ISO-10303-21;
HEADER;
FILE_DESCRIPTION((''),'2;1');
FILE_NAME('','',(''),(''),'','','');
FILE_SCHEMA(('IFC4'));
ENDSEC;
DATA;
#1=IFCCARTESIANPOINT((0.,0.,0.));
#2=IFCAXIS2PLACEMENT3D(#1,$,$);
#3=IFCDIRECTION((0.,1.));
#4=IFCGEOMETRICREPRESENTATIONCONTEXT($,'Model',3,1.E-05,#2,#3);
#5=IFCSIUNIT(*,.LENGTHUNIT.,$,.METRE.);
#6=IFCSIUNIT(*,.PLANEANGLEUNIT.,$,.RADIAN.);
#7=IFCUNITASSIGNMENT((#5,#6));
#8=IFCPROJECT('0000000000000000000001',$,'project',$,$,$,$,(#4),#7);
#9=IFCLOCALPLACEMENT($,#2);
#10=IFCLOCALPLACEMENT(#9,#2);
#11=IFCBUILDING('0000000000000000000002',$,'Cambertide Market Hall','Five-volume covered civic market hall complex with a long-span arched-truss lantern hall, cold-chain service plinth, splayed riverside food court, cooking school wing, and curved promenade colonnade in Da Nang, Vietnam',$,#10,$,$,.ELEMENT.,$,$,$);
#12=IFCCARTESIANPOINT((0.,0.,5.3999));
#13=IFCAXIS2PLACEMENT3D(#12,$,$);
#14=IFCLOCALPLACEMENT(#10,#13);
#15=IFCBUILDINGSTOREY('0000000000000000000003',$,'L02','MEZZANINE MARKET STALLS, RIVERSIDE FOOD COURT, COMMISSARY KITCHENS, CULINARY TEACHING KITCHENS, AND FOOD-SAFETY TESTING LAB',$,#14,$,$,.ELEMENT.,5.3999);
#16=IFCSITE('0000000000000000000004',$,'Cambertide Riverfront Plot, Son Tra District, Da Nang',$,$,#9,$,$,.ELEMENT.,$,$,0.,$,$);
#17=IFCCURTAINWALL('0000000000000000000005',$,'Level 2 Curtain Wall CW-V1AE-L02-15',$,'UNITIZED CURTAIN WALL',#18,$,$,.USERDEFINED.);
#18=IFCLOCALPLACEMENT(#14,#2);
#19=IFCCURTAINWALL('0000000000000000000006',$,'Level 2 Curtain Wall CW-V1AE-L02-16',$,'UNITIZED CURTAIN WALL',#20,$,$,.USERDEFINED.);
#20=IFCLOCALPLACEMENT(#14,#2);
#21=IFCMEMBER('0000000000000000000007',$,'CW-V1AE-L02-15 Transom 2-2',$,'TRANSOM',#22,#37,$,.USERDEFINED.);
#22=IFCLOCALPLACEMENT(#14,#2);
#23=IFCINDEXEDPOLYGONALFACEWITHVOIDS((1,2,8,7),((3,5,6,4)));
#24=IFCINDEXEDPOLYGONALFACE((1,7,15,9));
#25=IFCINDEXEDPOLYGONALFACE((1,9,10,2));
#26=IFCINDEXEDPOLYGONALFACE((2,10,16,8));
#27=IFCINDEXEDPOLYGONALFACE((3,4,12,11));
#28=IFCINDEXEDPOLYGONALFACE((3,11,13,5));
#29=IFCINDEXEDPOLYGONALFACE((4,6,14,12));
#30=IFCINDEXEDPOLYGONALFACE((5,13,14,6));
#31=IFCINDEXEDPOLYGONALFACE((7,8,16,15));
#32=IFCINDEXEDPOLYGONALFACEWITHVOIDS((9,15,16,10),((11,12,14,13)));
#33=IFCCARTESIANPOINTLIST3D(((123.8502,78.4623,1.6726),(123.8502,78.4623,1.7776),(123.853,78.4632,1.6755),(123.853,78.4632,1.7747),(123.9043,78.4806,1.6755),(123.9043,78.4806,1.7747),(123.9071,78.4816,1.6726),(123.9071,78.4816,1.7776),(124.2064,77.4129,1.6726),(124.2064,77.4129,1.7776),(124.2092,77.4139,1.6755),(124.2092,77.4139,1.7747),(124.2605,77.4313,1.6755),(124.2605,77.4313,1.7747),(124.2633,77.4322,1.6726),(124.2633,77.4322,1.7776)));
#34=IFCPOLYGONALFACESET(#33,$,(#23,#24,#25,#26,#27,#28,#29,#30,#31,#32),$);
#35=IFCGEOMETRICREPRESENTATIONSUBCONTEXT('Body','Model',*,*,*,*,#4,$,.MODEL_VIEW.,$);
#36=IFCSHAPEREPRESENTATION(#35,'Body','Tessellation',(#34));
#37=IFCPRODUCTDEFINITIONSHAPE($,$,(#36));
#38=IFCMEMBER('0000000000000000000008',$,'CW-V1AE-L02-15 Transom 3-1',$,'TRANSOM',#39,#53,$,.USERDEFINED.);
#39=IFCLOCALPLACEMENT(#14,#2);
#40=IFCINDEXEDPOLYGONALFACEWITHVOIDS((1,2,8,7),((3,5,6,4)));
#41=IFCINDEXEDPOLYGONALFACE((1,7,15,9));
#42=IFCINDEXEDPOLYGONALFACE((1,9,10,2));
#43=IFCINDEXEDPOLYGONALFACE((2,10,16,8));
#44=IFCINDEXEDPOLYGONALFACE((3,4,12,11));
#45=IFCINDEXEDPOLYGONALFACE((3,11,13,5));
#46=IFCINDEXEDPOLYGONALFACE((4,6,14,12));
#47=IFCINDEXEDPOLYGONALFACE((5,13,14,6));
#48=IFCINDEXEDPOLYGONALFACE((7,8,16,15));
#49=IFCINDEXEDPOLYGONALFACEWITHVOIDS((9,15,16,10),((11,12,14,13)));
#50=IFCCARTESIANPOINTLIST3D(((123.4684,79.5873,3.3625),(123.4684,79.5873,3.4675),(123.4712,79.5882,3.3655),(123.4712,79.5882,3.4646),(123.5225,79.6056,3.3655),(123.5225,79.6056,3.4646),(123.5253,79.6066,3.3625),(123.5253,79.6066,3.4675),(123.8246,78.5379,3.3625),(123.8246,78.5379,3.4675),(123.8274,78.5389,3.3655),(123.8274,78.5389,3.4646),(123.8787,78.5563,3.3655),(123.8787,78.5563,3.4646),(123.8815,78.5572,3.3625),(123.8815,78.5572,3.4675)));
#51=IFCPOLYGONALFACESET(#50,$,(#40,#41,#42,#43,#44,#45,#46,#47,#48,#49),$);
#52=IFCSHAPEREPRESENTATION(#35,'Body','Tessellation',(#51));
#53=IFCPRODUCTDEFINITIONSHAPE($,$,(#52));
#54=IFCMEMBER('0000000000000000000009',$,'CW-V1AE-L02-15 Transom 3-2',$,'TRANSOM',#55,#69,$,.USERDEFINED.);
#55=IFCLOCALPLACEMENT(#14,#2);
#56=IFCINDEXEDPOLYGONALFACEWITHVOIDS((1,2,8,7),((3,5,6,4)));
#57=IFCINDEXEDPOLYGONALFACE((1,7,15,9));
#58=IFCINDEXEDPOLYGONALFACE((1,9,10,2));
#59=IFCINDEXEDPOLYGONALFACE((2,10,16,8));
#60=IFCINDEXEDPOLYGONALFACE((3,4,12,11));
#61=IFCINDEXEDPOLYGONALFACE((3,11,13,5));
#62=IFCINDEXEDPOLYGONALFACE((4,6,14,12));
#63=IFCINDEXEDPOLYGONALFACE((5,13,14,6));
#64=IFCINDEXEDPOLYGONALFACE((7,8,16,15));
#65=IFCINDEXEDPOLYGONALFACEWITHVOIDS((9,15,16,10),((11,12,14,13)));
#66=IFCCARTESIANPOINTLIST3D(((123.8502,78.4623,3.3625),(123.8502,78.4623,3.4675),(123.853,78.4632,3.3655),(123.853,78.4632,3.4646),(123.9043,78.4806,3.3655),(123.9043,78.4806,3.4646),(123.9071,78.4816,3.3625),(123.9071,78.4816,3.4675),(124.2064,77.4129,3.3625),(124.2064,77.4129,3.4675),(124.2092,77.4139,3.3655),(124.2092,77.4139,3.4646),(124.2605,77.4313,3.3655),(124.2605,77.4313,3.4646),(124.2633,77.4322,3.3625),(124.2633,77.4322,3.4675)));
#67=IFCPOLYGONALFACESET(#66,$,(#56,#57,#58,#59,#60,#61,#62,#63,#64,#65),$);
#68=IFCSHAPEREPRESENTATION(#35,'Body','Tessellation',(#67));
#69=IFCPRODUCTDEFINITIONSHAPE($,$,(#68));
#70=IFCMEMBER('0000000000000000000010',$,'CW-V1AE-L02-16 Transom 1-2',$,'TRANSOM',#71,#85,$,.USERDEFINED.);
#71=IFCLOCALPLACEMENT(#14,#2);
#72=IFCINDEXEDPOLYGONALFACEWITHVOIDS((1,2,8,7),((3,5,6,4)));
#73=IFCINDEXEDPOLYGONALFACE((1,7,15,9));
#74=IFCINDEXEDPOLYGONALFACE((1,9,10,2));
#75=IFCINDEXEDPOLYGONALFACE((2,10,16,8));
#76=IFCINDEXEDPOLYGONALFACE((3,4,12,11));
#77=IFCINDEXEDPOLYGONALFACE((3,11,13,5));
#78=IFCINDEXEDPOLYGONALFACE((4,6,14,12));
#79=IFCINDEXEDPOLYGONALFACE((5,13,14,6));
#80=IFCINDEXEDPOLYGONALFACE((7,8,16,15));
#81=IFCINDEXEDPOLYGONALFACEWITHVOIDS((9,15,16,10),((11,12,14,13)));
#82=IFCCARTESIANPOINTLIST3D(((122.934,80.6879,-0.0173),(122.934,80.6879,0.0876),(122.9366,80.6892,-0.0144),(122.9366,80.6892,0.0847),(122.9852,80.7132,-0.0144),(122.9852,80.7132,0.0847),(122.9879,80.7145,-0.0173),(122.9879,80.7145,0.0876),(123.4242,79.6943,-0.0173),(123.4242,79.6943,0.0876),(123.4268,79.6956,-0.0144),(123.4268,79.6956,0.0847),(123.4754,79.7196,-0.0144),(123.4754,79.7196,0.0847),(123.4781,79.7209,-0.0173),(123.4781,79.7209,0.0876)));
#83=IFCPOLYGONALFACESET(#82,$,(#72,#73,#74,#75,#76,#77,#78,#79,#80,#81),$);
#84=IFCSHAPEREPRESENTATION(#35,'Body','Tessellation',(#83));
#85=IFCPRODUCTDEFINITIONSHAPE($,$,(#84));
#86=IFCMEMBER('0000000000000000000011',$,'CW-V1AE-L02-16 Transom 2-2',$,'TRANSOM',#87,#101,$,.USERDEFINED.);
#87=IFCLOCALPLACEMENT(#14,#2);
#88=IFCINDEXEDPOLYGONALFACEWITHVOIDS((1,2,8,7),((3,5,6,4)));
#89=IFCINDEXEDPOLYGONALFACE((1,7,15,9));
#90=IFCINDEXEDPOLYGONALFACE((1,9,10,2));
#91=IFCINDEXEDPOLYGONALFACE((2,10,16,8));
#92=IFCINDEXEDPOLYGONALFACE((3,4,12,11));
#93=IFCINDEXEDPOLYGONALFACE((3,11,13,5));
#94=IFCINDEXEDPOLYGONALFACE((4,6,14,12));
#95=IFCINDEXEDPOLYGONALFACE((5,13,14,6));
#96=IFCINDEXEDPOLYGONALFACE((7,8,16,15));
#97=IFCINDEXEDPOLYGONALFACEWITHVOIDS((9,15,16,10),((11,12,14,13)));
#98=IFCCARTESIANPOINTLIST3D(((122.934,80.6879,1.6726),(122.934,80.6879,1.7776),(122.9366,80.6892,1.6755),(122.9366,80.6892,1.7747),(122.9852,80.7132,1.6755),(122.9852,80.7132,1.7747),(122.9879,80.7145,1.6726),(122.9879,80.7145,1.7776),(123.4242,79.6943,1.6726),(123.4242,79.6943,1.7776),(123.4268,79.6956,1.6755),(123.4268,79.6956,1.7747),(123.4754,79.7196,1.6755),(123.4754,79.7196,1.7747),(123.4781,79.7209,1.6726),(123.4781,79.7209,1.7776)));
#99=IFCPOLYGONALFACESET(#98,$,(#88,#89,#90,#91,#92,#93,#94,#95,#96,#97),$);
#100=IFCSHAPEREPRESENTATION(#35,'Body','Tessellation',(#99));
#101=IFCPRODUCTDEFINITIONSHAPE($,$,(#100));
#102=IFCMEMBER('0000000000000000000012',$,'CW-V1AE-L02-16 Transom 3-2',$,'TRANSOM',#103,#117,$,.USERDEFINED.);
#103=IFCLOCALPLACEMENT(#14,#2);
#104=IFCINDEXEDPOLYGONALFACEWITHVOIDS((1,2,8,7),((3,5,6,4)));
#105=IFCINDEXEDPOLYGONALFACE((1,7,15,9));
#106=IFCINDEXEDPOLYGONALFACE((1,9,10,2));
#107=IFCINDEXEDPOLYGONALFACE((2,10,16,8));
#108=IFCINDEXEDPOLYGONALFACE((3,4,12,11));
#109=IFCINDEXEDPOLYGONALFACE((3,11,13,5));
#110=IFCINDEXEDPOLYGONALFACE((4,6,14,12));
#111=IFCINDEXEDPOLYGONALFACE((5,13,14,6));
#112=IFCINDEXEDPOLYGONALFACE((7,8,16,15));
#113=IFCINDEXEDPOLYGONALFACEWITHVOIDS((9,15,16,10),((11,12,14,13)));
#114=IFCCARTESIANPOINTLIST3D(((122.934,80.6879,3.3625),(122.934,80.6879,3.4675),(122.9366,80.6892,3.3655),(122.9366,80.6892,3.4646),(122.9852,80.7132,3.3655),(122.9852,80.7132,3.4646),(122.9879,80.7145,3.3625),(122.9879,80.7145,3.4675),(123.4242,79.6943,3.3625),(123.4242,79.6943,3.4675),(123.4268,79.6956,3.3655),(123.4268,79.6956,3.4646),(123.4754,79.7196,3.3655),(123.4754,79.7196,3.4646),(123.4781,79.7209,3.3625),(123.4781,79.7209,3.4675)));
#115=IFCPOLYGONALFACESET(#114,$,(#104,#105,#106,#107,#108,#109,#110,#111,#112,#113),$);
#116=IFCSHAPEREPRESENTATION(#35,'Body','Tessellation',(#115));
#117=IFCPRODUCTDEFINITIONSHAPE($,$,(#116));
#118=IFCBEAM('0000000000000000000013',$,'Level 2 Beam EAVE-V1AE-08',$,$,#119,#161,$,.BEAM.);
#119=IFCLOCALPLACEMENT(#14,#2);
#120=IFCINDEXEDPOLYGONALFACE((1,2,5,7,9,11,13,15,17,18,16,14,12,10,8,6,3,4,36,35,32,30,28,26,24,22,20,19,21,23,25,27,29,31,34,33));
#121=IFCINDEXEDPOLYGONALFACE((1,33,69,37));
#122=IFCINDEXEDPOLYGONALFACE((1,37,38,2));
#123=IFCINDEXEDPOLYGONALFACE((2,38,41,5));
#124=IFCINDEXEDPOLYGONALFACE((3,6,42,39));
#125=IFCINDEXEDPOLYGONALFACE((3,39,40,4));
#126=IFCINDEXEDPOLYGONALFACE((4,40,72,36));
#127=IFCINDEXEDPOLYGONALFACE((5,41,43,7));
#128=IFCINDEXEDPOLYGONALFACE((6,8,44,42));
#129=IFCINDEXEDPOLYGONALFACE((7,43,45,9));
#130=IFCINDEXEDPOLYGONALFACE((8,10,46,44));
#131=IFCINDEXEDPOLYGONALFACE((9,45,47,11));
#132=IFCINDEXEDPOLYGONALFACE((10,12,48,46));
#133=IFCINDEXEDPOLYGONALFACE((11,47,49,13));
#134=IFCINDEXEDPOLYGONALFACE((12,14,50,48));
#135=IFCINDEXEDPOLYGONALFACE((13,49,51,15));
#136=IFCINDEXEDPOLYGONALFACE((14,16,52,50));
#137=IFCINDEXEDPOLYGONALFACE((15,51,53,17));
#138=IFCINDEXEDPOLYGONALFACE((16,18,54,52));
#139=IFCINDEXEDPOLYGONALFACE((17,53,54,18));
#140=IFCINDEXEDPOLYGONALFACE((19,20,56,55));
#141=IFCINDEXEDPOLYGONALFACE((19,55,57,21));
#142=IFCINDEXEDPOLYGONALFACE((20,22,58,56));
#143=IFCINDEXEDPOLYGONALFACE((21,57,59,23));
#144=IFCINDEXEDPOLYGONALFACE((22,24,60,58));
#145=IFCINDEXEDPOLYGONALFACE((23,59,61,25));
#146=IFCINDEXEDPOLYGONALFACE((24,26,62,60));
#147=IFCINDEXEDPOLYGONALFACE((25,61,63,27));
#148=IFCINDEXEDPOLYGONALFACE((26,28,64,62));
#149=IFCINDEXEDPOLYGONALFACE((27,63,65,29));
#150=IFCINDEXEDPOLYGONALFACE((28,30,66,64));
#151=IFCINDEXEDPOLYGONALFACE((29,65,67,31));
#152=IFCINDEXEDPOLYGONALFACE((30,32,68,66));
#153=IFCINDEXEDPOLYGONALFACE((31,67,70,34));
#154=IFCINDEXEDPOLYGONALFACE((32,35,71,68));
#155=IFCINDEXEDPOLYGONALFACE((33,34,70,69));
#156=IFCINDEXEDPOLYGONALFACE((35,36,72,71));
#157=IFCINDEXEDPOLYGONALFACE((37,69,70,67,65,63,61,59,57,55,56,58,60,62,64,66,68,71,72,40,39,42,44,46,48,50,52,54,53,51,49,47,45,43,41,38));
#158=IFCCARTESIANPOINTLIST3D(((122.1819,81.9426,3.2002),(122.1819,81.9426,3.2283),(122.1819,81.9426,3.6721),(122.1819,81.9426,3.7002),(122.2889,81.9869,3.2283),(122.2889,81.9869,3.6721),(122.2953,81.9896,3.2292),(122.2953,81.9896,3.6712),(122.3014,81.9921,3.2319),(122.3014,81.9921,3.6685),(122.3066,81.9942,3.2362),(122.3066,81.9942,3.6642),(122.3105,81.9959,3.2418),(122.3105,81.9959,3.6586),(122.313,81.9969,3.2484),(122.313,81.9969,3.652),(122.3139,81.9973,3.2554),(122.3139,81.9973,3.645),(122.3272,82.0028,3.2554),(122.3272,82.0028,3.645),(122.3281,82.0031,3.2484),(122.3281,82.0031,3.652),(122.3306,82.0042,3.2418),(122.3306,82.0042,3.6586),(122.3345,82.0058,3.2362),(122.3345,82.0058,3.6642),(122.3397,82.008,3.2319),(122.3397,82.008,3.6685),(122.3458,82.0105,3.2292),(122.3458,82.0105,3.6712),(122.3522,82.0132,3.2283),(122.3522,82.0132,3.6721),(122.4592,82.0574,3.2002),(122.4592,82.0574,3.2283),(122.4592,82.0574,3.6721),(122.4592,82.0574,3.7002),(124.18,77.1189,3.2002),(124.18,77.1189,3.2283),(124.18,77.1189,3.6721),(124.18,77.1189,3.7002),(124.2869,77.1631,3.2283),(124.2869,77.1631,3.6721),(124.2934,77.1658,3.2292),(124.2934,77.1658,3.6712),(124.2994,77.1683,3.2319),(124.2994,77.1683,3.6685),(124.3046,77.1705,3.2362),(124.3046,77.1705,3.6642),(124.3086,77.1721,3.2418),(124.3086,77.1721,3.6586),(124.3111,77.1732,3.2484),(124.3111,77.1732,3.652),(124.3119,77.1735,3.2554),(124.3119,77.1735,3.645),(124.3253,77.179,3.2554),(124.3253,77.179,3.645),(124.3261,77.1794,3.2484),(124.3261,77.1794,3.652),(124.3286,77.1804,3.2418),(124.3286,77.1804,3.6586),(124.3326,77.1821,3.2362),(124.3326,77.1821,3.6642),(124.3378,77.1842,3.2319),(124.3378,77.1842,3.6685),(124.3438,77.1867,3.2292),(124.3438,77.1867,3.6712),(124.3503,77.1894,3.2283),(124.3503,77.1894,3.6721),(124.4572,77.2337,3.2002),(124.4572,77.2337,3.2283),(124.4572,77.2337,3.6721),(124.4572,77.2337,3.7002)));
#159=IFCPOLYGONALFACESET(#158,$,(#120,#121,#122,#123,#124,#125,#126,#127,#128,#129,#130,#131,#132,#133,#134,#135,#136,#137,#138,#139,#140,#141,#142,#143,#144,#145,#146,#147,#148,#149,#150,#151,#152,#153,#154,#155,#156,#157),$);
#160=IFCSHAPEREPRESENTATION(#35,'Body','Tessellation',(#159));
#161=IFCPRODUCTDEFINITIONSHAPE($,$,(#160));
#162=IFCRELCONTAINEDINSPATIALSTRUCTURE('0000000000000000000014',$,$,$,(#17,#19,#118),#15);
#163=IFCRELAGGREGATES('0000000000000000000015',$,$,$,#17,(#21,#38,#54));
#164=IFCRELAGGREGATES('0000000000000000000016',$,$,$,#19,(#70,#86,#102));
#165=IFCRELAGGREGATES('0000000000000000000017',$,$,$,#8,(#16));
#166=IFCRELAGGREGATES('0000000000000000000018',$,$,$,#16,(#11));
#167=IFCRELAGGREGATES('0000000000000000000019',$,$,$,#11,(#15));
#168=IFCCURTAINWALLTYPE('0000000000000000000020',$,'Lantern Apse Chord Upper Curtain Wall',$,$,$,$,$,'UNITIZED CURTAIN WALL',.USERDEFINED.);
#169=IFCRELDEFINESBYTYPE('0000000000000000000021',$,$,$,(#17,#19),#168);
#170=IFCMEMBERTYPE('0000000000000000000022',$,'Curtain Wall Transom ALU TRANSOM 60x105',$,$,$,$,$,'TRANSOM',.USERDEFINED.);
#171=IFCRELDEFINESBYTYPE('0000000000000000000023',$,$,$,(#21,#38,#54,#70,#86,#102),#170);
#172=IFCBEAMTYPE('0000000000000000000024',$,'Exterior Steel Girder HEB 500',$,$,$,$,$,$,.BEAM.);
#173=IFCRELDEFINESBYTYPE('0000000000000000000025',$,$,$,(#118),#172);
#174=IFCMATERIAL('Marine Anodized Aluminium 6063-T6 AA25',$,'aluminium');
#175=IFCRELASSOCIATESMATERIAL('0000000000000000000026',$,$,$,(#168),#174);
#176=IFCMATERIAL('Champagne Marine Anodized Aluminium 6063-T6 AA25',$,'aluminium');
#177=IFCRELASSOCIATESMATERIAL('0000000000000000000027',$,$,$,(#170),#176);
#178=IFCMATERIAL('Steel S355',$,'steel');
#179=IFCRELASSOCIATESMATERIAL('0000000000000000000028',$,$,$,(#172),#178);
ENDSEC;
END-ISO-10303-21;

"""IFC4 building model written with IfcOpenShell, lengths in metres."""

from ifc_helpers import new_model, si_unit, direction, frame, origin, origin_2d, place, context, subcontext, project, spatial, hollow_rectangle, i_section, extrude, material, material_profile, profile_set, type_object, element, aggregate, save


model = new_model("IFC4")

# Units and contexts
model_context = context("Model", 3, precision=1e-05, world=origin(), true_north=direction((0.0, 1.0)))
body_context = subcontext(model_context, "Body", "Model", "MODEL_VIEW")
ifc_project = project(units=[si_unit("LENGTHUNIT", "METRE"), si_unit("PLANEANGLEUNIT", "RADIAN")], contexts=[model_context])

# Site, building, storey
site_placement = place(None, origin())
site = spatial("IfcSite", under=ifc_project, at=site_placement, Name="Cambertide Riverfront Plot, Son Tra District, Da Nang", CompositionType="ELEMENT", RefElevation=0.0)
building_placement = place(site_placement, origin())
building = spatial("IfcBuilding", under=site, at=building_placement, Name="Cambertide Market Hall", Description="Five-volume covered civic market hall complex with a long-span arched-truss lantern hall, cold-chain service plinth, splayed riverside food court, cooking school wing, and curved promenade colonnade in Da Nang, Vietnam", CompositionType="ELEMENT")
storey_placement = place(building_placement, frame((0.0, 0.0, 5.3999)))
storey = spatial("IfcBuildingStorey", under=building, at=storey_placement, Name="L02", Description="MEZZANINE MARKET STALLS, RIVERSIDE FOOD COURT, COMMISSARY KITCHENS, CULINARY TEACHING KITCHENS, AND FOOD-SAFETY TESTING LAB", CompositionType="ELEMENT", Elevation=5.3999)

# Shared definitions
ifc_material_1 = material(Name="Marine Anodized Aluminium 6063-T6 AA25", Category="aluminium")
curtain_wall_type = type_object("IfcCurtainWallType", Name="Lantern Apse Chord Upper Curtain Wall", ElementType="UNITIZED CURTAIN WALL", PredefinedType="USERDEFINED", material=ifc_material_1)

# Curtain wall
curtain_wall_1_placement = place(storey_placement, origin())
curtain_wall_1 = element("IfcCurtainWall", 1, at=curtain_wall_1_placement, inside=storey, type_object=curtain_wall_type, Name="Level 2 Curtain Wall CW-V1AE-L02-15", ObjectType="UNITIZED CURTAIN WALL", PredefinedType="USERDEFINED")

# Curtain wall
curtain_wall_2_placement = place(storey_placement, origin())
curtain_wall_2 = element("IfcCurtainWall", 2, at=curtain_wall_2_placement, inside=storey, type_object=curtain_wall_type, Name="Level 2 Curtain Wall CW-V1AE-L02-16", ObjectType="UNITIZED CURTAIN WALL", PredefinedType="USERDEFINED")

# Members
ifc_material_2 = material(Name="Champagne Marine Anodized Aluminium 6063-T6 AA25", Category="aluminium")
ifc_material_profile_1 = material_profile(ifc_material_2, hollow_rectangle(XDim=0.0601, YDim=0.105, WallThickness=0.0029, at=origin_2d()), Name="ALU TRANSOM 60x105")
ifc_profile_set_1 = profile_set([ifc_material_profile_1], Name="Champagne Marine Anodized Aluminium 6063-T6 AA25")
member_type_1 = type_object("IfcMemberType", Name="Curtain Wall Transom ALU TRANSOM 60x105", ElementType="TRANSOM", PredefinedType="USERDEFINED", material=ifc_profile_set_1)
member_1_placement = place(storey_placement, frame((123.8787, 78.4719, 1.7251), z_axis=(0.321445, -0.946928, 0.0), x_axis=(0.946928, 0.321445, 0.0)))
member_1 = element("IfcMember", 3, at=member_1_placement, type_object=member_type_1, Name="CW-V1AE-L02-15 Transom 2-2", ObjectType="TRANSOM", PredefinedType="USERDEFINED", context=body_context, shape_type="SweptSolid", body=[
    extrude(hollow_rectangle(XDim=0.0601, YDim=0.105, WallThickness=0.0029, at=origin_2d()), origin(), (0.0, 0.0, 1.0), 1.1082),
])
member_2_placement = place(storey_placement, frame((123.4968, 79.5969, 3.415), z_axis=(0.321445, -0.946928, 0.0), x_axis=(0.946928, 0.321445, 0.0)))
member_2 = element("IfcMember", 4, at=member_2_placement, type_object=member_type_1, Name="CW-V1AE-L02-15 Transom 3-1", ObjectType="TRANSOM", PredefinedType="USERDEFINED", context=body_context, shape_type="SweptSolid", body=[
    extrude(hollow_rectangle(XDim=0.0601, YDim=0.105, WallThickness=0.0029, at=origin_2d()), origin(), (0.0, 0.0, 1.0), 1.1082),
])
member_3_placement = place(storey_placement, frame((123.8787, 78.4719, 3.415), z_axis=(0.321445, -0.946928, 0.0), x_axis=(0.946928, 0.321445, 0.0)))
member_3 = element("IfcMember", 5, at=member_3_placement, type_object=member_type_1, Name="CW-V1AE-L02-15 Transom 3-2", ObjectType="TRANSOM", PredefinedType="USERDEFINED", context=body_context, shape_type="SweptSolid", body=[
    extrude(hollow_rectangle(XDim=0.0601, YDim=0.105, WallThickness=0.0029, at=origin_2d()), origin(), (0.0, 0.0, 1.0), 1.1082),
])
member_4_placement = place(storey_placement, frame((122.9609, 80.7012, 0.0352), z_axis=(0.442448, -0.896794, 0.0), x_axis=(0.896794, 0.442448, 0.0)))
member_4 = element("IfcMember", 6, at=member_4_placement, type_object=member_type_1, Name="CW-V1AE-L02-16 Transom 1-2", ObjectType="TRANSOM", PredefinedType="USERDEFINED", context=body_context, shape_type="SweptSolid", body=[
    extrude(hollow_rectangle(XDim=0.0601, YDim=0.105, WallThickness=0.0029, at=origin_2d()), origin(), (0.0, 0.0, 1.0), 1.1079),
])
member_5_placement = place(storey_placement, frame((122.9609, 80.7012, 1.7251), z_axis=(0.442448, -0.896794, 0.0), x_axis=(0.896794, 0.442448, 0.0)))
member_5 = element("IfcMember", 7, at=member_5_placement, type_object=member_type_1, Name="CW-V1AE-L02-16 Transom 2-2", ObjectType="TRANSOM", PredefinedType="USERDEFINED", context=body_context, shape_type="SweptSolid", body=[
    extrude(hollow_rectangle(XDim=0.0601, YDim=0.105, WallThickness=0.0029, at=origin_2d()), origin(), (0.0, 0.0, 1.0), 1.1079),
])
member_6_placement = place(storey_placement, frame((122.9609, 80.7012, 3.415), z_axis=(0.442448, -0.896794, 0.0), x_axis=(0.896794, 0.442448, 0.0)))
member_6 = element("IfcMember", 8, at=member_6_placement, type_object=member_type_1, Name="CW-V1AE-L02-16 Transom 3-2", ObjectType="TRANSOM", PredefinedType="USERDEFINED", context=body_context, shape_type="SweptSolid", body=[
    extrude(hollow_rectangle(XDim=0.0601, YDim=0.105, WallThickness=0.0029, at=origin_2d()), origin(), (0.0, 0.0, 1.0), 1.1079),
])

# Beam
ifc_material_3 = material(Name="Steel S355", Category="steel")
ifc_material_profile_2 = material_profile(ifc_material_3, i_section(OverallWidth=0.3, OverallDepth=0.5, WebThickness=0.0144, FlangeThickness=0.0281, FilletRadius=0.0271, at=origin_2d()), Name="HEB 500")
ifc_profile_set_2 = profile_set([ifc_material_profile_2], Name="Steel S355")
beam_type_1 = type_object("IfcBeamType", Name="Exterior Steel Girder HEB 500", PredefinedType="BEAM", material=ifc_profile_set_2)
beam_1_placement = place(storey_placement, frame((124.3186, 77.1763, 3.4502), z_axis=(-0.382682, 0.92388, 0.0), x_axis=(-0.92388, -0.382682, 0.0)))
element("IfcBeam", 9, at=beam_1_placement, inside=storey, type_object=beam_type_1, Name="Level 2 Beam EAVE-V1AE-08", PredefinedType="BEAM", context=body_context, shape_type="SweptSolid", body=[
    extrude(i_section(OverallWidth=0.3, OverallDepth=0.5, WebThickness=0.0144, FlangeThickness=0.0281, FilletRadius=0.0271, at=origin_2d()), origin(), (0.0, 0.0, 1.0), 5.2212),
])

aggregate(curtain_wall_1, [member_1, member_2, member_3])
aggregate(curtain_wall_2, [member_4, member_5, member_6])

save(model, "model.ifc")
